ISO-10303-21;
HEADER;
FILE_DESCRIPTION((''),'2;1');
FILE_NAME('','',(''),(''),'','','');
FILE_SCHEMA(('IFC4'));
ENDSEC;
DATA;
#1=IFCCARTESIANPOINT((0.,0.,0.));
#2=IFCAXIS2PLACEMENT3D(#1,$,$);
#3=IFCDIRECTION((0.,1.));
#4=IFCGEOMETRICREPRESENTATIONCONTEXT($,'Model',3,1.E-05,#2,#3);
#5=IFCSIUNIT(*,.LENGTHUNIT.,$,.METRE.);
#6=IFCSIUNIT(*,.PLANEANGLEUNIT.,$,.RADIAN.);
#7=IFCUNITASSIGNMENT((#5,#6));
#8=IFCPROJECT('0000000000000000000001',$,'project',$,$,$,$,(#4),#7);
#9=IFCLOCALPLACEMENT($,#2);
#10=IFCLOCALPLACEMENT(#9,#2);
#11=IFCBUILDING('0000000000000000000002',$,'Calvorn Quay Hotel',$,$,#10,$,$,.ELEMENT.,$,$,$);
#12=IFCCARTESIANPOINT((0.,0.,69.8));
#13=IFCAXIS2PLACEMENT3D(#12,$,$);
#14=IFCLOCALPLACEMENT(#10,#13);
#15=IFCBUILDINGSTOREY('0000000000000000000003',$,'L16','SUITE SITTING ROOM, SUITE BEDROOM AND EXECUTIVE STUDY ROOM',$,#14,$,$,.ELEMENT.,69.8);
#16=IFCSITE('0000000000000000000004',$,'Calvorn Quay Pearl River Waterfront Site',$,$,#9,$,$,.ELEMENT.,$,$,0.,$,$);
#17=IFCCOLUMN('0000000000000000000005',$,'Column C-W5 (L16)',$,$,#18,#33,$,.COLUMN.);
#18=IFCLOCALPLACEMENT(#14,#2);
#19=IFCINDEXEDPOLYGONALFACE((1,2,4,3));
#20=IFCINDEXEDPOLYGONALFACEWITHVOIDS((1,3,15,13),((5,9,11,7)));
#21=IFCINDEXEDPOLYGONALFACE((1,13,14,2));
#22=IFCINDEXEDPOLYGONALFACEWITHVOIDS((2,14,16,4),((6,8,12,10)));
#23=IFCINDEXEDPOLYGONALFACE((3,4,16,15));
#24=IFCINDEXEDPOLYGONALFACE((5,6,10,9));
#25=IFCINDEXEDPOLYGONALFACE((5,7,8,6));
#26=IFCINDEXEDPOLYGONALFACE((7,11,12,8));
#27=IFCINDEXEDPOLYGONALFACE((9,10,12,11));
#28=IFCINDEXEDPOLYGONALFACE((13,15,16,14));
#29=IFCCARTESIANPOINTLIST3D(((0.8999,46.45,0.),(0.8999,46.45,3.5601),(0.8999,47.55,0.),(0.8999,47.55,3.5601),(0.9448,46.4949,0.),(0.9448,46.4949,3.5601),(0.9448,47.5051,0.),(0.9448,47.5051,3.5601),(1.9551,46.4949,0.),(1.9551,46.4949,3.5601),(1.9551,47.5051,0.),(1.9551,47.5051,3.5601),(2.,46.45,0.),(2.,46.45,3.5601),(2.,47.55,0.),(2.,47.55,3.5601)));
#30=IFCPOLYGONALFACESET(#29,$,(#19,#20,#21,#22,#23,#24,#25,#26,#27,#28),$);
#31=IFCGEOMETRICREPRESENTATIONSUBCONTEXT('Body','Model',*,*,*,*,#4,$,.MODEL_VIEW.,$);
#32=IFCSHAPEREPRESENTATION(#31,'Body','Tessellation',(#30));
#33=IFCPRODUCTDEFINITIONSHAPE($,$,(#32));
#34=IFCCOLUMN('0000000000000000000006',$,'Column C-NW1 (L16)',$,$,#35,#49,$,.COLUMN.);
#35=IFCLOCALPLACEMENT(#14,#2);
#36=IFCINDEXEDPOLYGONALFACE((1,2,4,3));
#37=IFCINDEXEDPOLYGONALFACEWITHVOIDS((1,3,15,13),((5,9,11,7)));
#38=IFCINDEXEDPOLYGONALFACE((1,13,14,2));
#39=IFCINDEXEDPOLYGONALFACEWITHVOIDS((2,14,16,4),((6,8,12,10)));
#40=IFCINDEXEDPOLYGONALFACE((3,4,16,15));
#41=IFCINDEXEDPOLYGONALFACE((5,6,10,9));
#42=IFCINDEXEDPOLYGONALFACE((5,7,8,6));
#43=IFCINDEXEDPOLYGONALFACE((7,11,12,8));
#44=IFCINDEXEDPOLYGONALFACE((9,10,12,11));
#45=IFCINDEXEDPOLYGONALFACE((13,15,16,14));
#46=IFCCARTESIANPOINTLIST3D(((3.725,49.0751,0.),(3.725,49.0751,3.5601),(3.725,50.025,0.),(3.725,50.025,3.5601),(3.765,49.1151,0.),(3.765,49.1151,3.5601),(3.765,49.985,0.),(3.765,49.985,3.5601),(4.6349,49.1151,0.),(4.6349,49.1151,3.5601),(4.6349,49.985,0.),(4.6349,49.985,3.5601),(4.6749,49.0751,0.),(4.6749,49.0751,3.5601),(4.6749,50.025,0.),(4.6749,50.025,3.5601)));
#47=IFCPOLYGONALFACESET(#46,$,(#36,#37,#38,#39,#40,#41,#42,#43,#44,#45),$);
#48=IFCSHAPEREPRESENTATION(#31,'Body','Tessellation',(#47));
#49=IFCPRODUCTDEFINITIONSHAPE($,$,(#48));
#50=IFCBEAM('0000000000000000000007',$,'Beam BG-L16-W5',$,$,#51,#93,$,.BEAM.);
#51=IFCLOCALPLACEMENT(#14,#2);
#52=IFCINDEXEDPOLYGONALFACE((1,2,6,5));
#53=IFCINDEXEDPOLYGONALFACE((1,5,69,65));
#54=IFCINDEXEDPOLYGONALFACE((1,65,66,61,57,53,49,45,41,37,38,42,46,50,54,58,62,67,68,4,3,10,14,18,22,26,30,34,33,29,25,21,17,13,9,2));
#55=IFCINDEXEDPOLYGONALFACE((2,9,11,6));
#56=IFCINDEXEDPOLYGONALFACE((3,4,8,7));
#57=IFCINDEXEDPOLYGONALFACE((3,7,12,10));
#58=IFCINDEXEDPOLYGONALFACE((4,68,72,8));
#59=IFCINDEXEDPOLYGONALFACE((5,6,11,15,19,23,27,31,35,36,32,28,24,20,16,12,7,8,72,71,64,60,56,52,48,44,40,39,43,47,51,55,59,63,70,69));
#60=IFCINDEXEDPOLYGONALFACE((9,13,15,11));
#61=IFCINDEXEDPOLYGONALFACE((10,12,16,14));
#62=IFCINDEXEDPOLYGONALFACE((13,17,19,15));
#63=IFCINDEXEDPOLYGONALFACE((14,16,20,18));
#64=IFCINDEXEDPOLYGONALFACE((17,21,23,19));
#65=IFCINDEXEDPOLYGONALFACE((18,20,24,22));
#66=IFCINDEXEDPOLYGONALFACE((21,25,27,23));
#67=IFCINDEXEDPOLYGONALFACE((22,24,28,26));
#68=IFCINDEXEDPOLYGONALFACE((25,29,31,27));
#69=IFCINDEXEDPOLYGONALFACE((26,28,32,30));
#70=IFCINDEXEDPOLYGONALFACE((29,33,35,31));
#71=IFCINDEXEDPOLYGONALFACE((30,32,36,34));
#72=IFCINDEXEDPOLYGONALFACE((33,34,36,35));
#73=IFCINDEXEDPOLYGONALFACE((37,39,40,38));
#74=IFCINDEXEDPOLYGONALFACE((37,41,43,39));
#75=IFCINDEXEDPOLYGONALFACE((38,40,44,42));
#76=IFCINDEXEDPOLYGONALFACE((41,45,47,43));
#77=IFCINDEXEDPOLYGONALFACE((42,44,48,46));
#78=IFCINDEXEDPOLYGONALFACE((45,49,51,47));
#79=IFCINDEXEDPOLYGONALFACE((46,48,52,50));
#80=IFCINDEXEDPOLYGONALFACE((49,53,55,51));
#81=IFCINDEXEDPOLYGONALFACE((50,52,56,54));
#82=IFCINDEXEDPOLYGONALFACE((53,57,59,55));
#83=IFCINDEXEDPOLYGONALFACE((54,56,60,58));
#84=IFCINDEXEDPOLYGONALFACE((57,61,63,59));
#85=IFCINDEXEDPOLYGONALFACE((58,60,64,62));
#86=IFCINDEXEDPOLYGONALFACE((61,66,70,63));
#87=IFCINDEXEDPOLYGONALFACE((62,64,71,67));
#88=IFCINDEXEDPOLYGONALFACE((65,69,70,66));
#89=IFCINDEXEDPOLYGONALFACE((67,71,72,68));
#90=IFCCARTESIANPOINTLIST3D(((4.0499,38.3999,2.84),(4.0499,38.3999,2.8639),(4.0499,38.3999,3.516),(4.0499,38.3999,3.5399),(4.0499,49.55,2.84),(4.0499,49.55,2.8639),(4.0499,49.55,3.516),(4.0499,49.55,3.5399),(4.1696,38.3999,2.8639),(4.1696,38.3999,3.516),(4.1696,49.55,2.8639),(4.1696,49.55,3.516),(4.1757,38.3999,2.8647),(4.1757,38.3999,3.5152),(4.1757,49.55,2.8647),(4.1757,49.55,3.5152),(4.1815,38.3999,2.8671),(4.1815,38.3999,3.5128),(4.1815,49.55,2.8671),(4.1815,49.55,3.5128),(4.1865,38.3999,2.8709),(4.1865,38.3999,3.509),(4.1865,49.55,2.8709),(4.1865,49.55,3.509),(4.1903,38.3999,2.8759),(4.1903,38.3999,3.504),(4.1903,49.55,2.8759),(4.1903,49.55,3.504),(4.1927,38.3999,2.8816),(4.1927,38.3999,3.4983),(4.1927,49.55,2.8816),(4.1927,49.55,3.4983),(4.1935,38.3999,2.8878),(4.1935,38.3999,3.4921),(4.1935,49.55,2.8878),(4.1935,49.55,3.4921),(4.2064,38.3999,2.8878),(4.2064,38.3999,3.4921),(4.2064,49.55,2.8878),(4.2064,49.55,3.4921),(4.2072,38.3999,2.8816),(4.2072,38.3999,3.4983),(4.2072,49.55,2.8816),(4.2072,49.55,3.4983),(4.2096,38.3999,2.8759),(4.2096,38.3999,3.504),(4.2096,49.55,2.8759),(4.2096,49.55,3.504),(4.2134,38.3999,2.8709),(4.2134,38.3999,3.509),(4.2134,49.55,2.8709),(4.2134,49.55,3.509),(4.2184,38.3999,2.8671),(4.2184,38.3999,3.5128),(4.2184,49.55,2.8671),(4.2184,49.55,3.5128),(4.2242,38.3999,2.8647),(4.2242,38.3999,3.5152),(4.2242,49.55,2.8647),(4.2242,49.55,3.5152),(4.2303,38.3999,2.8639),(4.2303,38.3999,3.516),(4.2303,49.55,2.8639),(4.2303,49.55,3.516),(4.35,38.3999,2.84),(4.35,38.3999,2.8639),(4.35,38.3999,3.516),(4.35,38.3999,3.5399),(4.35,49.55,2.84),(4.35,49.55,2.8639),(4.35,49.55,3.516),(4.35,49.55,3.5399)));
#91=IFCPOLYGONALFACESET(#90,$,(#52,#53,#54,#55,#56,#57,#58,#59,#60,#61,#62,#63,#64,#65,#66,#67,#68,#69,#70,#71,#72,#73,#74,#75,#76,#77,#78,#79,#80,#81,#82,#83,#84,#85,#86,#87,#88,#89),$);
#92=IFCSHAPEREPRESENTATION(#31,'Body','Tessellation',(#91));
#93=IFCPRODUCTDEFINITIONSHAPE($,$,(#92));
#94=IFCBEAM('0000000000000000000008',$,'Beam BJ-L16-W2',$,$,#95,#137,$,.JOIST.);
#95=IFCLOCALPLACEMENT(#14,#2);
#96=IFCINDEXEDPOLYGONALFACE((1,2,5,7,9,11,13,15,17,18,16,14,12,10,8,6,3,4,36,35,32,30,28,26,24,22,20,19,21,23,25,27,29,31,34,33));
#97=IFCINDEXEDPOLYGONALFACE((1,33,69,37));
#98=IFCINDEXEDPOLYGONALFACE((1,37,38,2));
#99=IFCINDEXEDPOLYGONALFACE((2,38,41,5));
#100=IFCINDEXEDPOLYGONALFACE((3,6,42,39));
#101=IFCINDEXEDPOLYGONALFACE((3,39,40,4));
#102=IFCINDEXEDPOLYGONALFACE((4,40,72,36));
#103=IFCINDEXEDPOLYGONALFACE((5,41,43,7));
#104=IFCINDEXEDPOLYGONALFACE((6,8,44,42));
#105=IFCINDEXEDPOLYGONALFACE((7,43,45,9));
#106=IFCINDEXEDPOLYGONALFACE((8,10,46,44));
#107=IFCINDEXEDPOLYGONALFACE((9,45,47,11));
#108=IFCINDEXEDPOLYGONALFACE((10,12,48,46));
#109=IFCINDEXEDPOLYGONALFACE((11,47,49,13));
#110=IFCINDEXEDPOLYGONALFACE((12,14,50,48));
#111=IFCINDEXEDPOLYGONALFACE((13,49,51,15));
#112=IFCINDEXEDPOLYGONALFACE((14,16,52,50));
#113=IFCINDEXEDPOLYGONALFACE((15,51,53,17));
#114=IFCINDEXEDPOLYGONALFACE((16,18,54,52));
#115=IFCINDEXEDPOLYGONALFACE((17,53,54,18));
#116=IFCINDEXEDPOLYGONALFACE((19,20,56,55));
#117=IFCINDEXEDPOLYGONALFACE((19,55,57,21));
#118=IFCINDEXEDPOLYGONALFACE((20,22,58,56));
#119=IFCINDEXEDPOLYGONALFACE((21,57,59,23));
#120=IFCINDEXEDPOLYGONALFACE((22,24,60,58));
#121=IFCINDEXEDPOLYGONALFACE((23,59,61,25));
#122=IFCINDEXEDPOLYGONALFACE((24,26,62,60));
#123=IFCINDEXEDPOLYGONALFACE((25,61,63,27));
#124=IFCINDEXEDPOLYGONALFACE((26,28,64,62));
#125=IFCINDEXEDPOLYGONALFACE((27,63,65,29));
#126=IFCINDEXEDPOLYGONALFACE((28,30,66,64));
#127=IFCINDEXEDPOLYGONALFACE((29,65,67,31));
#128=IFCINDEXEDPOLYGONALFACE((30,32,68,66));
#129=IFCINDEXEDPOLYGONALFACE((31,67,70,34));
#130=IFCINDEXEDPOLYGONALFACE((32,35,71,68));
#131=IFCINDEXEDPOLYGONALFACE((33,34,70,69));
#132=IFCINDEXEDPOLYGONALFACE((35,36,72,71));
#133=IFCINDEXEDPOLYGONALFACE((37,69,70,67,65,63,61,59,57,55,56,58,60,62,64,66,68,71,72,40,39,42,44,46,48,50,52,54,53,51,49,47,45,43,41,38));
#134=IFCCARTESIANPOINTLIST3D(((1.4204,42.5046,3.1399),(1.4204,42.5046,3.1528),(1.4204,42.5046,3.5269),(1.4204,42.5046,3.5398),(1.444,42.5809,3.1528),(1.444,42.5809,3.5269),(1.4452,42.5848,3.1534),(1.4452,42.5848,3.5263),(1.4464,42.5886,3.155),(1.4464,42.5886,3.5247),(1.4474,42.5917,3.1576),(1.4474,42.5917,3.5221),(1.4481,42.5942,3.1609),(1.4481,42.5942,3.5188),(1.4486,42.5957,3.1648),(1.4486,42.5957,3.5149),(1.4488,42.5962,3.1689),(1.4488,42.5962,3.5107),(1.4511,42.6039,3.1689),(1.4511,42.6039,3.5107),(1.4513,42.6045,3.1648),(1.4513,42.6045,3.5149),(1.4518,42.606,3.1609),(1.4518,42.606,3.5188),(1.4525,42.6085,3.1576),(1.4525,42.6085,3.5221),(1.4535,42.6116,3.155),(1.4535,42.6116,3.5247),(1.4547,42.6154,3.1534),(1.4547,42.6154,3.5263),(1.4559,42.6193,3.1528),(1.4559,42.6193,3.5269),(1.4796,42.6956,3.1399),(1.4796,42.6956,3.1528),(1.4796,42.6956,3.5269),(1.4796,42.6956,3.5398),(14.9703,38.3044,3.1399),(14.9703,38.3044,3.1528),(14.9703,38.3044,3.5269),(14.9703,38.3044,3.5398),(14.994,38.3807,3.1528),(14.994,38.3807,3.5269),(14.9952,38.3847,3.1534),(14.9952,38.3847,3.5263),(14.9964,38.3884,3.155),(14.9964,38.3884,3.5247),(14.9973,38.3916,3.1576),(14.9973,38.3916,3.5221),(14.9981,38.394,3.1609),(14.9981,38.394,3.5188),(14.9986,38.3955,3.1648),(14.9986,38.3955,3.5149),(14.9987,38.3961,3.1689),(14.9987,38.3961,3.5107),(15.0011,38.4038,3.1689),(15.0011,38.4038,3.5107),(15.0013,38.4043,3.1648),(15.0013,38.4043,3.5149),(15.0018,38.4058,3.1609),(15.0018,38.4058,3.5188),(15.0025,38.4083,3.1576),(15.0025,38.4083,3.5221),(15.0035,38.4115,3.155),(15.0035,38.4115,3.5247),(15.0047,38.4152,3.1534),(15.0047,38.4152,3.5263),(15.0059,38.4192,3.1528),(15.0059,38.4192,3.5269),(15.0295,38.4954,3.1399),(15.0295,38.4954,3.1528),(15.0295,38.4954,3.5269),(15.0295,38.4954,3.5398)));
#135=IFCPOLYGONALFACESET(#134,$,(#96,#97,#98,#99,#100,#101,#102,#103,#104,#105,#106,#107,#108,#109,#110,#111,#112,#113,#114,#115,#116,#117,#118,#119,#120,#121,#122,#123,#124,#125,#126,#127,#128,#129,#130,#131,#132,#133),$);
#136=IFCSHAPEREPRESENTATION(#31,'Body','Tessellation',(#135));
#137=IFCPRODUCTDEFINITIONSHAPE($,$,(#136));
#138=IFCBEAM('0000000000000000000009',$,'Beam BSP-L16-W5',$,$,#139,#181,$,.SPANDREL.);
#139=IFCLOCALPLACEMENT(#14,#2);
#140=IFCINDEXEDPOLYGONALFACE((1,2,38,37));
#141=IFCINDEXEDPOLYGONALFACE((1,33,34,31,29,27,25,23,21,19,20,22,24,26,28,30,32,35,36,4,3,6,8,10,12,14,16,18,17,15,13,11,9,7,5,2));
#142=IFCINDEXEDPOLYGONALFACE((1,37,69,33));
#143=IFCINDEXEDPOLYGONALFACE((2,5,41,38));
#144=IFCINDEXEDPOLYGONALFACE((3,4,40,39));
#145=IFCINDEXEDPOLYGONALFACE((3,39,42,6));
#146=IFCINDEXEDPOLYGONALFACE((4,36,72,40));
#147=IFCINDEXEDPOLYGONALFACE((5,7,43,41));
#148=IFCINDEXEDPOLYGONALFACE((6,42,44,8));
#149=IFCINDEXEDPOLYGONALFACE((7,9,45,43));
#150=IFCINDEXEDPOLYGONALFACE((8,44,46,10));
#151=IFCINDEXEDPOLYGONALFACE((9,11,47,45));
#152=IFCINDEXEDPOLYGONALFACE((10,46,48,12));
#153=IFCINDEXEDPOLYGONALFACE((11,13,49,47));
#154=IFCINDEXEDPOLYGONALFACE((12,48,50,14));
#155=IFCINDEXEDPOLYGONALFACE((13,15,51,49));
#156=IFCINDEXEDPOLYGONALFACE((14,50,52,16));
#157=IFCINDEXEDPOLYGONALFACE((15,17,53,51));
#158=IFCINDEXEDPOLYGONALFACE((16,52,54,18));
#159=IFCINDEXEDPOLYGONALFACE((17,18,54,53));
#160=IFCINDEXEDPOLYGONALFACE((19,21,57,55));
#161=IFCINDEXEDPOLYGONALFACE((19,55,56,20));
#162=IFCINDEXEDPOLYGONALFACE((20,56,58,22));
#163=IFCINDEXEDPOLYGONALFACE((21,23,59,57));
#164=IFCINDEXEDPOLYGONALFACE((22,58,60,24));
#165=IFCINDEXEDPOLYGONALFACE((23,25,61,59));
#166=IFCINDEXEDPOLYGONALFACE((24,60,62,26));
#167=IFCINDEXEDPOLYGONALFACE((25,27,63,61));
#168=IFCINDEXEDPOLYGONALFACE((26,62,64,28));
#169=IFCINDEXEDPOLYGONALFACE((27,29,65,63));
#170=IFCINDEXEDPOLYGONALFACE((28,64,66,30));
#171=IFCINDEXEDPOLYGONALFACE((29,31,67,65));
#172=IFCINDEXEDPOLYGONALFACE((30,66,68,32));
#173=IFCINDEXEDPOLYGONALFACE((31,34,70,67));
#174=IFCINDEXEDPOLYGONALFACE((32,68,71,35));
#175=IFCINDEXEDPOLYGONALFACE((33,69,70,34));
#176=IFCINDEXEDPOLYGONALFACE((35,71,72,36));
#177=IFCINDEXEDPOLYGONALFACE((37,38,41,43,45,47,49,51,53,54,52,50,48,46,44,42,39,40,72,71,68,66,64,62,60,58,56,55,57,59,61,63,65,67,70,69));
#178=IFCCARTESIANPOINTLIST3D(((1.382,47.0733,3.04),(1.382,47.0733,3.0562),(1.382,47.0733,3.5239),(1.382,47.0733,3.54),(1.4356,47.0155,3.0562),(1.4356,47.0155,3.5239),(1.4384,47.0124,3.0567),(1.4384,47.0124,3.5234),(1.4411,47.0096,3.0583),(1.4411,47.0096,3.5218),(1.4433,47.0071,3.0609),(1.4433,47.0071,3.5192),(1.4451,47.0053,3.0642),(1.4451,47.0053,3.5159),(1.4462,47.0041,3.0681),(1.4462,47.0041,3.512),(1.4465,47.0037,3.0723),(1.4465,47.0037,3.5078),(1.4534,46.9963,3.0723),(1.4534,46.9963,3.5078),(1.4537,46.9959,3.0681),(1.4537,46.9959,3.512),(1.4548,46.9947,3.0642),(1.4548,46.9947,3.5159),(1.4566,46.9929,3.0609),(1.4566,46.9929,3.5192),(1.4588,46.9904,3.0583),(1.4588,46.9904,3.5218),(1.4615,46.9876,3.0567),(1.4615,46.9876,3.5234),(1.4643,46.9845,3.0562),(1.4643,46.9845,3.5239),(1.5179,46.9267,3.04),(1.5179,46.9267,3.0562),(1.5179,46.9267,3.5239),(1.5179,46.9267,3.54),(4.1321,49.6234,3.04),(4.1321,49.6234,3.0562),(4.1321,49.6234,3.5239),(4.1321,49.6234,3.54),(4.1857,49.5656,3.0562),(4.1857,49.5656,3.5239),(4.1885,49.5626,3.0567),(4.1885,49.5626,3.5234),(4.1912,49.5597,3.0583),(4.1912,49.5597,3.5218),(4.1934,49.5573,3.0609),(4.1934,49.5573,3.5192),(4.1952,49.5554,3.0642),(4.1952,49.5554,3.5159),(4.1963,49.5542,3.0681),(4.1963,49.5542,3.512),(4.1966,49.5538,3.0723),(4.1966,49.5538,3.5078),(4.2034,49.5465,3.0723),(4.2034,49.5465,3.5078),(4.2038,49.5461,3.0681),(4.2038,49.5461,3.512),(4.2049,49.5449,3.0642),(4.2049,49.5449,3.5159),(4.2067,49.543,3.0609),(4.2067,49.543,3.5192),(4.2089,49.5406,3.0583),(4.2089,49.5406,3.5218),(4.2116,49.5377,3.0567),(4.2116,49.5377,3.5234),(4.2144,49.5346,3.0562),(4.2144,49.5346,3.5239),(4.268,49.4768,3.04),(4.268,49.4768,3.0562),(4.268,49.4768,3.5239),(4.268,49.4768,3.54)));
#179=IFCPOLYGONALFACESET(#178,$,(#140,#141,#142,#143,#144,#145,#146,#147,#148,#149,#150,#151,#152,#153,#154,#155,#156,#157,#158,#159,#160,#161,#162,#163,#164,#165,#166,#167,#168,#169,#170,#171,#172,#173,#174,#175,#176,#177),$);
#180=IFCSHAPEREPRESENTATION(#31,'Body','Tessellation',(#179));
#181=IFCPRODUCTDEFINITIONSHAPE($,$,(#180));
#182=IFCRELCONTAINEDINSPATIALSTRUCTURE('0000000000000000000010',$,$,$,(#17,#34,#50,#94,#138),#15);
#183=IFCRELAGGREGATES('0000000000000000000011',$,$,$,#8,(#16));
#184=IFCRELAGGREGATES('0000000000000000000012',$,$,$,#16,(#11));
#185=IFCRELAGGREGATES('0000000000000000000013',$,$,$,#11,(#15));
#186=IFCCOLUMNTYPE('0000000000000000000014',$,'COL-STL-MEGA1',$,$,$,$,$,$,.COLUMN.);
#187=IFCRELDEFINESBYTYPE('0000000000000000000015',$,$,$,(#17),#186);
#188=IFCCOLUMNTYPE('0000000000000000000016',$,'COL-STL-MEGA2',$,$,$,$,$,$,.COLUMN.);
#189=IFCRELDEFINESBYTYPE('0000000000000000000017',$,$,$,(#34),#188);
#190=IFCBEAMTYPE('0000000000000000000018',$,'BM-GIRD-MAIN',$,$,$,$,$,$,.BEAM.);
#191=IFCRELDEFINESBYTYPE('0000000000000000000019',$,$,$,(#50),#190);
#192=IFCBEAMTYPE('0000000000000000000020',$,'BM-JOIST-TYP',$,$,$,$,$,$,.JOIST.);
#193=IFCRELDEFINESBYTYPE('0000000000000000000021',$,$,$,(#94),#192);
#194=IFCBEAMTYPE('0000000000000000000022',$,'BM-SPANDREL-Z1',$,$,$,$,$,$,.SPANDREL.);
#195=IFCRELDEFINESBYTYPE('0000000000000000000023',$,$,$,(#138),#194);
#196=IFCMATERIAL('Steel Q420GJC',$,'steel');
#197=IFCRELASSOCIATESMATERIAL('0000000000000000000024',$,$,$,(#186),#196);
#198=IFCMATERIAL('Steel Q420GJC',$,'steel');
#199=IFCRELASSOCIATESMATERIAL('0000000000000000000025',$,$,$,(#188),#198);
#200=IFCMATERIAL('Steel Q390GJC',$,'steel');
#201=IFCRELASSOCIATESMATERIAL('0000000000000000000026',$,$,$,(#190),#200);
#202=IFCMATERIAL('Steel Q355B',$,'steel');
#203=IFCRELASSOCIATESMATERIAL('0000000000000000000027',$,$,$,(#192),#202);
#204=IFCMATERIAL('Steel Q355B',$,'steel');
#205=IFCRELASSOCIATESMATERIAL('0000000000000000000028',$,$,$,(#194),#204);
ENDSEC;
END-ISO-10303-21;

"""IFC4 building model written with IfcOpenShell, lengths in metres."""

from ifc_helpers import new_model, si_unit, direction, frame, origin, origin_2d, place, context, subcontext, project, spatial, hollow_rectangle, i_section, extrude, material, material_profile, profile_set, type_object, element, save


model = new_model("IFC4")

# Units and contexts
model_context = context("Model", 3, precision=1e-05, world=origin(), true_north=direction((0.0, 1.0)))
body_context = subcontext(model_context, "Body", "Model", "MODEL_VIEW")
ifc_project = project(units=[si_unit("LENGTHUNIT", "METRE"), si_unit("PLANEANGLEUNIT", "RADIAN")], contexts=[model_context])

# Site, building, storey
site_placement = place(None, origin())
site = spatial("IfcSite", under=ifc_project, at=site_placement, Name="Calvorn Quay Pearl River Waterfront Site", CompositionType="ELEMENT", RefElevation=0.0)
building_placement = place(site_placement, origin())
building = spatial("IfcBuilding", under=site, at=building_placement, Name="Calvorn Quay Hotel", CompositionType="ELEMENT")
storey_placement = place(building_placement, frame((0.0, 0.0, 69.8)))
storey = spatial("IfcBuildingStorey", under=building, at=storey_placement, Name="L16", Description="SUITE SITTING ROOM, SUITE BEDROOM AND EXECUTIVE STUDY ROOM", CompositionType="ELEMENT", Elevation=69.8)

# Columns
ifc_material_1 = material(Name="Steel Q420GJC", Category="steel")
ifc_material_profile_1 = material_profile(ifc_material_1, hollow_rectangle(XDim=1.1001, YDim=1.1001, WallThickness=0.0449, at=origin_2d()), Name="BOX1100x1100x45")
ifc_profile_set_1 = profile_set([ifc_material_profile_1], Name="Steel Q420GJC")
column_type_1 = type_object("IfcColumnType", Name="COL-STL-MEGA1", PredefinedType="COLUMN", material=ifc_profile_set_1)
column_1_placement = place(storey_placement, frame((1.45, 47.0, 0.0), z_axis=(0.0, 0.0, 1.0), x_axis=(1.0, 0.0, 0.0)))
element("IfcColumn", 1, at=column_1_placement, inside=storey, type_object=column_type_1, Name="Column C-W5 (L16)", PredefinedType="COLUMN", context=body_context, shape_type="SweptSolid", body=[
    extrude(hollow_rectangle(XDim=1.1001, YDim=1.1001, WallThickness=0.0449, at=origin_2d()), origin(), (0.0, 0.0, 1.0), 3.5601),
])
ifc_material_2 = material(Name="Steel Q420GJC", Category="steel")
ifc_material_profile_2 = material_profile(ifc_material_2, hollow_rectangle(XDim=0.95, YDim=0.95, WallThickness=0.04, at=origin_2d()), Name="BOX950x950x40")
ifc_profile_set_2 = profile_set([ifc_material_profile_2], Name="Steel Q420GJC")
column_type_2 = type_object("IfcColumnType", Name="COL-STL-MEGA2", PredefinedType="COLUMN", material=ifc_profile_set_2)
column_2_placement = place(storey_placement, frame((4.2, 49.55, 0.0), z_axis=(0.0, 0.0, 1.0), x_axis=(1.0, 0.0, 0.0)))
element("IfcColumn", 2, at=column_2_placement, inside=storey, type_object=column_type_2, Name="Column C-NW1 (L16)", PredefinedType="COLUMN", context=body_context, shape_type="SweptSolid", body=[
    extrude(hollow_rectangle(XDim=0.95, YDim=0.95, WallThickness=0.04, at=origin_2d()), origin(), (0.0, 0.0, 1.0), 3.5601),
])

# Beams
ifc_material_3 = material(Name="Steel Q390GJC", Category="steel")
ifc_material_profile_3 = material_profile(ifc_material_3, i_section(OverallWidth=0.3, OverallDepth=0.7, WebThickness=0.0129, FlangeThickness=0.0239, FilletRadius=0.0239, at=origin_2d()), Name="HN700x300x13x24")
ifc_profile_set_3 = profile_set([ifc_material_profile_3], Name="Steel Q390GJC")
beam_type_1 = type_object("IfcBeamType", Name="BM-GIRD-MAIN", PredefinedType="BEAM", material=ifc_profile_set_3)
beam_1_placement = place(storey_placement, frame((4.2, 49.55, 3.1899), z_axis=(0.0, -1.0, 0.0), x_axis=(1.0, 0.0, 0.0)))
element("IfcBeam", 3, at=beam_1_placement, inside=storey, type_object=beam_type_1, Name="Beam BG-L16-W5", PredefinedType="BEAM", context=body_context, shape_type="SweptSolid", body=[
    extrude(i_section(OverallWidth=0.3, OverallDepth=0.7, WebThickness=0.0129, FlangeThickness=0.0239, FilletRadius=0.0239, at=origin_2d()), origin(), (0.0, 0.0, 1.0), 11.1501),
])
ifc_material_4 = material(Name="Steel Q355B", Category="steel")
ifc_material_profile_4 = material_profile(ifc_material_4, i_section(OverallWidth=0.2, OverallDepth=0.3999, WebThickness=0.0081, FlangeThickness=0.0129, FilletRadius=0.0161, at=origin_2d()), Name="HN400x200x8x13")
ifc_profile_set_4 = profile_set([ifc_material_profile_4], Name="Steel Q355B")
beam_type_2 = type_object("IfcBeamType", Name="BM-JOIST-TYP", PredefinedType="JOIST", material=ifc_profile_set_4)
beam_2_placement = place(storey_placement, frame((1.45, 42.6001, 3.3398), z_axis=(0.955164, -0.296078, 0.0), x_axis=(0.296078, 0.955164, 0.0)))
element("IfcBeam", 4, at=beam_2_placement, inside=storey, type_object=beam_type_2, Name="Beam BJ-L16-W2", PredefinedType="JOIST", context=body_context, shape_type="SweptSolid", body=[
    extrude(i_section(OverallWidth=0.2, OverallDepth=0.3999, WebThickness=0.0081, FlangeThickness=0.0129, FilletRadius=0.0161, at=origin_2d()), origin(), (0.0, 0.0, 1.0), 14.186),
])
ifc_material_5 = material(Name="Steel Q355B", Category="steel")
ifc_material_profile_5 = material_profile(ifc_material_5, i_section(OverallWidth=0.2, OverallDepth=0.5, WebThickness=0.01, FlangeThickness=0.0161, FilletRadius=0.0161, at=origin_2d()), Name="HN500x200x10x16")
ifc_profile_set_5 = profile_set([ifc_material_profile_5], Name="Steel Q355B")
beam_type_3 = type_object("IfcBeamType", Name="BM-SPANDREL-Z1", PredefinedType="SPANDREL", material=ifc_profile_set_5)
beam_3_placement = place(storey_placement, frame((1.45, 47.0, 3.29), z_axis=(0.733262, 0.679947, 0.0), x_axis=(-0.679947, 0.733262, 0.0)))
element("IfcBeam", 5, at=beam_3_placement, inside=storey, type_object=beam_type_3, Name="Beam BSP-L16-W5", PredefinedType="SPANDREL", context=body_context, shape_type="SweptSolid", body=[
    extrude(i_section(OverallWidth=0.2, OverallDepth=0.5, WebThickness=0.01, FlangeThickness=0.0161, FilletRadius=0.0161, at=origin_2d()), origin(), (0.0, 0.0, 1.0), 3.7505),
])

save(model, "model.ifc")
